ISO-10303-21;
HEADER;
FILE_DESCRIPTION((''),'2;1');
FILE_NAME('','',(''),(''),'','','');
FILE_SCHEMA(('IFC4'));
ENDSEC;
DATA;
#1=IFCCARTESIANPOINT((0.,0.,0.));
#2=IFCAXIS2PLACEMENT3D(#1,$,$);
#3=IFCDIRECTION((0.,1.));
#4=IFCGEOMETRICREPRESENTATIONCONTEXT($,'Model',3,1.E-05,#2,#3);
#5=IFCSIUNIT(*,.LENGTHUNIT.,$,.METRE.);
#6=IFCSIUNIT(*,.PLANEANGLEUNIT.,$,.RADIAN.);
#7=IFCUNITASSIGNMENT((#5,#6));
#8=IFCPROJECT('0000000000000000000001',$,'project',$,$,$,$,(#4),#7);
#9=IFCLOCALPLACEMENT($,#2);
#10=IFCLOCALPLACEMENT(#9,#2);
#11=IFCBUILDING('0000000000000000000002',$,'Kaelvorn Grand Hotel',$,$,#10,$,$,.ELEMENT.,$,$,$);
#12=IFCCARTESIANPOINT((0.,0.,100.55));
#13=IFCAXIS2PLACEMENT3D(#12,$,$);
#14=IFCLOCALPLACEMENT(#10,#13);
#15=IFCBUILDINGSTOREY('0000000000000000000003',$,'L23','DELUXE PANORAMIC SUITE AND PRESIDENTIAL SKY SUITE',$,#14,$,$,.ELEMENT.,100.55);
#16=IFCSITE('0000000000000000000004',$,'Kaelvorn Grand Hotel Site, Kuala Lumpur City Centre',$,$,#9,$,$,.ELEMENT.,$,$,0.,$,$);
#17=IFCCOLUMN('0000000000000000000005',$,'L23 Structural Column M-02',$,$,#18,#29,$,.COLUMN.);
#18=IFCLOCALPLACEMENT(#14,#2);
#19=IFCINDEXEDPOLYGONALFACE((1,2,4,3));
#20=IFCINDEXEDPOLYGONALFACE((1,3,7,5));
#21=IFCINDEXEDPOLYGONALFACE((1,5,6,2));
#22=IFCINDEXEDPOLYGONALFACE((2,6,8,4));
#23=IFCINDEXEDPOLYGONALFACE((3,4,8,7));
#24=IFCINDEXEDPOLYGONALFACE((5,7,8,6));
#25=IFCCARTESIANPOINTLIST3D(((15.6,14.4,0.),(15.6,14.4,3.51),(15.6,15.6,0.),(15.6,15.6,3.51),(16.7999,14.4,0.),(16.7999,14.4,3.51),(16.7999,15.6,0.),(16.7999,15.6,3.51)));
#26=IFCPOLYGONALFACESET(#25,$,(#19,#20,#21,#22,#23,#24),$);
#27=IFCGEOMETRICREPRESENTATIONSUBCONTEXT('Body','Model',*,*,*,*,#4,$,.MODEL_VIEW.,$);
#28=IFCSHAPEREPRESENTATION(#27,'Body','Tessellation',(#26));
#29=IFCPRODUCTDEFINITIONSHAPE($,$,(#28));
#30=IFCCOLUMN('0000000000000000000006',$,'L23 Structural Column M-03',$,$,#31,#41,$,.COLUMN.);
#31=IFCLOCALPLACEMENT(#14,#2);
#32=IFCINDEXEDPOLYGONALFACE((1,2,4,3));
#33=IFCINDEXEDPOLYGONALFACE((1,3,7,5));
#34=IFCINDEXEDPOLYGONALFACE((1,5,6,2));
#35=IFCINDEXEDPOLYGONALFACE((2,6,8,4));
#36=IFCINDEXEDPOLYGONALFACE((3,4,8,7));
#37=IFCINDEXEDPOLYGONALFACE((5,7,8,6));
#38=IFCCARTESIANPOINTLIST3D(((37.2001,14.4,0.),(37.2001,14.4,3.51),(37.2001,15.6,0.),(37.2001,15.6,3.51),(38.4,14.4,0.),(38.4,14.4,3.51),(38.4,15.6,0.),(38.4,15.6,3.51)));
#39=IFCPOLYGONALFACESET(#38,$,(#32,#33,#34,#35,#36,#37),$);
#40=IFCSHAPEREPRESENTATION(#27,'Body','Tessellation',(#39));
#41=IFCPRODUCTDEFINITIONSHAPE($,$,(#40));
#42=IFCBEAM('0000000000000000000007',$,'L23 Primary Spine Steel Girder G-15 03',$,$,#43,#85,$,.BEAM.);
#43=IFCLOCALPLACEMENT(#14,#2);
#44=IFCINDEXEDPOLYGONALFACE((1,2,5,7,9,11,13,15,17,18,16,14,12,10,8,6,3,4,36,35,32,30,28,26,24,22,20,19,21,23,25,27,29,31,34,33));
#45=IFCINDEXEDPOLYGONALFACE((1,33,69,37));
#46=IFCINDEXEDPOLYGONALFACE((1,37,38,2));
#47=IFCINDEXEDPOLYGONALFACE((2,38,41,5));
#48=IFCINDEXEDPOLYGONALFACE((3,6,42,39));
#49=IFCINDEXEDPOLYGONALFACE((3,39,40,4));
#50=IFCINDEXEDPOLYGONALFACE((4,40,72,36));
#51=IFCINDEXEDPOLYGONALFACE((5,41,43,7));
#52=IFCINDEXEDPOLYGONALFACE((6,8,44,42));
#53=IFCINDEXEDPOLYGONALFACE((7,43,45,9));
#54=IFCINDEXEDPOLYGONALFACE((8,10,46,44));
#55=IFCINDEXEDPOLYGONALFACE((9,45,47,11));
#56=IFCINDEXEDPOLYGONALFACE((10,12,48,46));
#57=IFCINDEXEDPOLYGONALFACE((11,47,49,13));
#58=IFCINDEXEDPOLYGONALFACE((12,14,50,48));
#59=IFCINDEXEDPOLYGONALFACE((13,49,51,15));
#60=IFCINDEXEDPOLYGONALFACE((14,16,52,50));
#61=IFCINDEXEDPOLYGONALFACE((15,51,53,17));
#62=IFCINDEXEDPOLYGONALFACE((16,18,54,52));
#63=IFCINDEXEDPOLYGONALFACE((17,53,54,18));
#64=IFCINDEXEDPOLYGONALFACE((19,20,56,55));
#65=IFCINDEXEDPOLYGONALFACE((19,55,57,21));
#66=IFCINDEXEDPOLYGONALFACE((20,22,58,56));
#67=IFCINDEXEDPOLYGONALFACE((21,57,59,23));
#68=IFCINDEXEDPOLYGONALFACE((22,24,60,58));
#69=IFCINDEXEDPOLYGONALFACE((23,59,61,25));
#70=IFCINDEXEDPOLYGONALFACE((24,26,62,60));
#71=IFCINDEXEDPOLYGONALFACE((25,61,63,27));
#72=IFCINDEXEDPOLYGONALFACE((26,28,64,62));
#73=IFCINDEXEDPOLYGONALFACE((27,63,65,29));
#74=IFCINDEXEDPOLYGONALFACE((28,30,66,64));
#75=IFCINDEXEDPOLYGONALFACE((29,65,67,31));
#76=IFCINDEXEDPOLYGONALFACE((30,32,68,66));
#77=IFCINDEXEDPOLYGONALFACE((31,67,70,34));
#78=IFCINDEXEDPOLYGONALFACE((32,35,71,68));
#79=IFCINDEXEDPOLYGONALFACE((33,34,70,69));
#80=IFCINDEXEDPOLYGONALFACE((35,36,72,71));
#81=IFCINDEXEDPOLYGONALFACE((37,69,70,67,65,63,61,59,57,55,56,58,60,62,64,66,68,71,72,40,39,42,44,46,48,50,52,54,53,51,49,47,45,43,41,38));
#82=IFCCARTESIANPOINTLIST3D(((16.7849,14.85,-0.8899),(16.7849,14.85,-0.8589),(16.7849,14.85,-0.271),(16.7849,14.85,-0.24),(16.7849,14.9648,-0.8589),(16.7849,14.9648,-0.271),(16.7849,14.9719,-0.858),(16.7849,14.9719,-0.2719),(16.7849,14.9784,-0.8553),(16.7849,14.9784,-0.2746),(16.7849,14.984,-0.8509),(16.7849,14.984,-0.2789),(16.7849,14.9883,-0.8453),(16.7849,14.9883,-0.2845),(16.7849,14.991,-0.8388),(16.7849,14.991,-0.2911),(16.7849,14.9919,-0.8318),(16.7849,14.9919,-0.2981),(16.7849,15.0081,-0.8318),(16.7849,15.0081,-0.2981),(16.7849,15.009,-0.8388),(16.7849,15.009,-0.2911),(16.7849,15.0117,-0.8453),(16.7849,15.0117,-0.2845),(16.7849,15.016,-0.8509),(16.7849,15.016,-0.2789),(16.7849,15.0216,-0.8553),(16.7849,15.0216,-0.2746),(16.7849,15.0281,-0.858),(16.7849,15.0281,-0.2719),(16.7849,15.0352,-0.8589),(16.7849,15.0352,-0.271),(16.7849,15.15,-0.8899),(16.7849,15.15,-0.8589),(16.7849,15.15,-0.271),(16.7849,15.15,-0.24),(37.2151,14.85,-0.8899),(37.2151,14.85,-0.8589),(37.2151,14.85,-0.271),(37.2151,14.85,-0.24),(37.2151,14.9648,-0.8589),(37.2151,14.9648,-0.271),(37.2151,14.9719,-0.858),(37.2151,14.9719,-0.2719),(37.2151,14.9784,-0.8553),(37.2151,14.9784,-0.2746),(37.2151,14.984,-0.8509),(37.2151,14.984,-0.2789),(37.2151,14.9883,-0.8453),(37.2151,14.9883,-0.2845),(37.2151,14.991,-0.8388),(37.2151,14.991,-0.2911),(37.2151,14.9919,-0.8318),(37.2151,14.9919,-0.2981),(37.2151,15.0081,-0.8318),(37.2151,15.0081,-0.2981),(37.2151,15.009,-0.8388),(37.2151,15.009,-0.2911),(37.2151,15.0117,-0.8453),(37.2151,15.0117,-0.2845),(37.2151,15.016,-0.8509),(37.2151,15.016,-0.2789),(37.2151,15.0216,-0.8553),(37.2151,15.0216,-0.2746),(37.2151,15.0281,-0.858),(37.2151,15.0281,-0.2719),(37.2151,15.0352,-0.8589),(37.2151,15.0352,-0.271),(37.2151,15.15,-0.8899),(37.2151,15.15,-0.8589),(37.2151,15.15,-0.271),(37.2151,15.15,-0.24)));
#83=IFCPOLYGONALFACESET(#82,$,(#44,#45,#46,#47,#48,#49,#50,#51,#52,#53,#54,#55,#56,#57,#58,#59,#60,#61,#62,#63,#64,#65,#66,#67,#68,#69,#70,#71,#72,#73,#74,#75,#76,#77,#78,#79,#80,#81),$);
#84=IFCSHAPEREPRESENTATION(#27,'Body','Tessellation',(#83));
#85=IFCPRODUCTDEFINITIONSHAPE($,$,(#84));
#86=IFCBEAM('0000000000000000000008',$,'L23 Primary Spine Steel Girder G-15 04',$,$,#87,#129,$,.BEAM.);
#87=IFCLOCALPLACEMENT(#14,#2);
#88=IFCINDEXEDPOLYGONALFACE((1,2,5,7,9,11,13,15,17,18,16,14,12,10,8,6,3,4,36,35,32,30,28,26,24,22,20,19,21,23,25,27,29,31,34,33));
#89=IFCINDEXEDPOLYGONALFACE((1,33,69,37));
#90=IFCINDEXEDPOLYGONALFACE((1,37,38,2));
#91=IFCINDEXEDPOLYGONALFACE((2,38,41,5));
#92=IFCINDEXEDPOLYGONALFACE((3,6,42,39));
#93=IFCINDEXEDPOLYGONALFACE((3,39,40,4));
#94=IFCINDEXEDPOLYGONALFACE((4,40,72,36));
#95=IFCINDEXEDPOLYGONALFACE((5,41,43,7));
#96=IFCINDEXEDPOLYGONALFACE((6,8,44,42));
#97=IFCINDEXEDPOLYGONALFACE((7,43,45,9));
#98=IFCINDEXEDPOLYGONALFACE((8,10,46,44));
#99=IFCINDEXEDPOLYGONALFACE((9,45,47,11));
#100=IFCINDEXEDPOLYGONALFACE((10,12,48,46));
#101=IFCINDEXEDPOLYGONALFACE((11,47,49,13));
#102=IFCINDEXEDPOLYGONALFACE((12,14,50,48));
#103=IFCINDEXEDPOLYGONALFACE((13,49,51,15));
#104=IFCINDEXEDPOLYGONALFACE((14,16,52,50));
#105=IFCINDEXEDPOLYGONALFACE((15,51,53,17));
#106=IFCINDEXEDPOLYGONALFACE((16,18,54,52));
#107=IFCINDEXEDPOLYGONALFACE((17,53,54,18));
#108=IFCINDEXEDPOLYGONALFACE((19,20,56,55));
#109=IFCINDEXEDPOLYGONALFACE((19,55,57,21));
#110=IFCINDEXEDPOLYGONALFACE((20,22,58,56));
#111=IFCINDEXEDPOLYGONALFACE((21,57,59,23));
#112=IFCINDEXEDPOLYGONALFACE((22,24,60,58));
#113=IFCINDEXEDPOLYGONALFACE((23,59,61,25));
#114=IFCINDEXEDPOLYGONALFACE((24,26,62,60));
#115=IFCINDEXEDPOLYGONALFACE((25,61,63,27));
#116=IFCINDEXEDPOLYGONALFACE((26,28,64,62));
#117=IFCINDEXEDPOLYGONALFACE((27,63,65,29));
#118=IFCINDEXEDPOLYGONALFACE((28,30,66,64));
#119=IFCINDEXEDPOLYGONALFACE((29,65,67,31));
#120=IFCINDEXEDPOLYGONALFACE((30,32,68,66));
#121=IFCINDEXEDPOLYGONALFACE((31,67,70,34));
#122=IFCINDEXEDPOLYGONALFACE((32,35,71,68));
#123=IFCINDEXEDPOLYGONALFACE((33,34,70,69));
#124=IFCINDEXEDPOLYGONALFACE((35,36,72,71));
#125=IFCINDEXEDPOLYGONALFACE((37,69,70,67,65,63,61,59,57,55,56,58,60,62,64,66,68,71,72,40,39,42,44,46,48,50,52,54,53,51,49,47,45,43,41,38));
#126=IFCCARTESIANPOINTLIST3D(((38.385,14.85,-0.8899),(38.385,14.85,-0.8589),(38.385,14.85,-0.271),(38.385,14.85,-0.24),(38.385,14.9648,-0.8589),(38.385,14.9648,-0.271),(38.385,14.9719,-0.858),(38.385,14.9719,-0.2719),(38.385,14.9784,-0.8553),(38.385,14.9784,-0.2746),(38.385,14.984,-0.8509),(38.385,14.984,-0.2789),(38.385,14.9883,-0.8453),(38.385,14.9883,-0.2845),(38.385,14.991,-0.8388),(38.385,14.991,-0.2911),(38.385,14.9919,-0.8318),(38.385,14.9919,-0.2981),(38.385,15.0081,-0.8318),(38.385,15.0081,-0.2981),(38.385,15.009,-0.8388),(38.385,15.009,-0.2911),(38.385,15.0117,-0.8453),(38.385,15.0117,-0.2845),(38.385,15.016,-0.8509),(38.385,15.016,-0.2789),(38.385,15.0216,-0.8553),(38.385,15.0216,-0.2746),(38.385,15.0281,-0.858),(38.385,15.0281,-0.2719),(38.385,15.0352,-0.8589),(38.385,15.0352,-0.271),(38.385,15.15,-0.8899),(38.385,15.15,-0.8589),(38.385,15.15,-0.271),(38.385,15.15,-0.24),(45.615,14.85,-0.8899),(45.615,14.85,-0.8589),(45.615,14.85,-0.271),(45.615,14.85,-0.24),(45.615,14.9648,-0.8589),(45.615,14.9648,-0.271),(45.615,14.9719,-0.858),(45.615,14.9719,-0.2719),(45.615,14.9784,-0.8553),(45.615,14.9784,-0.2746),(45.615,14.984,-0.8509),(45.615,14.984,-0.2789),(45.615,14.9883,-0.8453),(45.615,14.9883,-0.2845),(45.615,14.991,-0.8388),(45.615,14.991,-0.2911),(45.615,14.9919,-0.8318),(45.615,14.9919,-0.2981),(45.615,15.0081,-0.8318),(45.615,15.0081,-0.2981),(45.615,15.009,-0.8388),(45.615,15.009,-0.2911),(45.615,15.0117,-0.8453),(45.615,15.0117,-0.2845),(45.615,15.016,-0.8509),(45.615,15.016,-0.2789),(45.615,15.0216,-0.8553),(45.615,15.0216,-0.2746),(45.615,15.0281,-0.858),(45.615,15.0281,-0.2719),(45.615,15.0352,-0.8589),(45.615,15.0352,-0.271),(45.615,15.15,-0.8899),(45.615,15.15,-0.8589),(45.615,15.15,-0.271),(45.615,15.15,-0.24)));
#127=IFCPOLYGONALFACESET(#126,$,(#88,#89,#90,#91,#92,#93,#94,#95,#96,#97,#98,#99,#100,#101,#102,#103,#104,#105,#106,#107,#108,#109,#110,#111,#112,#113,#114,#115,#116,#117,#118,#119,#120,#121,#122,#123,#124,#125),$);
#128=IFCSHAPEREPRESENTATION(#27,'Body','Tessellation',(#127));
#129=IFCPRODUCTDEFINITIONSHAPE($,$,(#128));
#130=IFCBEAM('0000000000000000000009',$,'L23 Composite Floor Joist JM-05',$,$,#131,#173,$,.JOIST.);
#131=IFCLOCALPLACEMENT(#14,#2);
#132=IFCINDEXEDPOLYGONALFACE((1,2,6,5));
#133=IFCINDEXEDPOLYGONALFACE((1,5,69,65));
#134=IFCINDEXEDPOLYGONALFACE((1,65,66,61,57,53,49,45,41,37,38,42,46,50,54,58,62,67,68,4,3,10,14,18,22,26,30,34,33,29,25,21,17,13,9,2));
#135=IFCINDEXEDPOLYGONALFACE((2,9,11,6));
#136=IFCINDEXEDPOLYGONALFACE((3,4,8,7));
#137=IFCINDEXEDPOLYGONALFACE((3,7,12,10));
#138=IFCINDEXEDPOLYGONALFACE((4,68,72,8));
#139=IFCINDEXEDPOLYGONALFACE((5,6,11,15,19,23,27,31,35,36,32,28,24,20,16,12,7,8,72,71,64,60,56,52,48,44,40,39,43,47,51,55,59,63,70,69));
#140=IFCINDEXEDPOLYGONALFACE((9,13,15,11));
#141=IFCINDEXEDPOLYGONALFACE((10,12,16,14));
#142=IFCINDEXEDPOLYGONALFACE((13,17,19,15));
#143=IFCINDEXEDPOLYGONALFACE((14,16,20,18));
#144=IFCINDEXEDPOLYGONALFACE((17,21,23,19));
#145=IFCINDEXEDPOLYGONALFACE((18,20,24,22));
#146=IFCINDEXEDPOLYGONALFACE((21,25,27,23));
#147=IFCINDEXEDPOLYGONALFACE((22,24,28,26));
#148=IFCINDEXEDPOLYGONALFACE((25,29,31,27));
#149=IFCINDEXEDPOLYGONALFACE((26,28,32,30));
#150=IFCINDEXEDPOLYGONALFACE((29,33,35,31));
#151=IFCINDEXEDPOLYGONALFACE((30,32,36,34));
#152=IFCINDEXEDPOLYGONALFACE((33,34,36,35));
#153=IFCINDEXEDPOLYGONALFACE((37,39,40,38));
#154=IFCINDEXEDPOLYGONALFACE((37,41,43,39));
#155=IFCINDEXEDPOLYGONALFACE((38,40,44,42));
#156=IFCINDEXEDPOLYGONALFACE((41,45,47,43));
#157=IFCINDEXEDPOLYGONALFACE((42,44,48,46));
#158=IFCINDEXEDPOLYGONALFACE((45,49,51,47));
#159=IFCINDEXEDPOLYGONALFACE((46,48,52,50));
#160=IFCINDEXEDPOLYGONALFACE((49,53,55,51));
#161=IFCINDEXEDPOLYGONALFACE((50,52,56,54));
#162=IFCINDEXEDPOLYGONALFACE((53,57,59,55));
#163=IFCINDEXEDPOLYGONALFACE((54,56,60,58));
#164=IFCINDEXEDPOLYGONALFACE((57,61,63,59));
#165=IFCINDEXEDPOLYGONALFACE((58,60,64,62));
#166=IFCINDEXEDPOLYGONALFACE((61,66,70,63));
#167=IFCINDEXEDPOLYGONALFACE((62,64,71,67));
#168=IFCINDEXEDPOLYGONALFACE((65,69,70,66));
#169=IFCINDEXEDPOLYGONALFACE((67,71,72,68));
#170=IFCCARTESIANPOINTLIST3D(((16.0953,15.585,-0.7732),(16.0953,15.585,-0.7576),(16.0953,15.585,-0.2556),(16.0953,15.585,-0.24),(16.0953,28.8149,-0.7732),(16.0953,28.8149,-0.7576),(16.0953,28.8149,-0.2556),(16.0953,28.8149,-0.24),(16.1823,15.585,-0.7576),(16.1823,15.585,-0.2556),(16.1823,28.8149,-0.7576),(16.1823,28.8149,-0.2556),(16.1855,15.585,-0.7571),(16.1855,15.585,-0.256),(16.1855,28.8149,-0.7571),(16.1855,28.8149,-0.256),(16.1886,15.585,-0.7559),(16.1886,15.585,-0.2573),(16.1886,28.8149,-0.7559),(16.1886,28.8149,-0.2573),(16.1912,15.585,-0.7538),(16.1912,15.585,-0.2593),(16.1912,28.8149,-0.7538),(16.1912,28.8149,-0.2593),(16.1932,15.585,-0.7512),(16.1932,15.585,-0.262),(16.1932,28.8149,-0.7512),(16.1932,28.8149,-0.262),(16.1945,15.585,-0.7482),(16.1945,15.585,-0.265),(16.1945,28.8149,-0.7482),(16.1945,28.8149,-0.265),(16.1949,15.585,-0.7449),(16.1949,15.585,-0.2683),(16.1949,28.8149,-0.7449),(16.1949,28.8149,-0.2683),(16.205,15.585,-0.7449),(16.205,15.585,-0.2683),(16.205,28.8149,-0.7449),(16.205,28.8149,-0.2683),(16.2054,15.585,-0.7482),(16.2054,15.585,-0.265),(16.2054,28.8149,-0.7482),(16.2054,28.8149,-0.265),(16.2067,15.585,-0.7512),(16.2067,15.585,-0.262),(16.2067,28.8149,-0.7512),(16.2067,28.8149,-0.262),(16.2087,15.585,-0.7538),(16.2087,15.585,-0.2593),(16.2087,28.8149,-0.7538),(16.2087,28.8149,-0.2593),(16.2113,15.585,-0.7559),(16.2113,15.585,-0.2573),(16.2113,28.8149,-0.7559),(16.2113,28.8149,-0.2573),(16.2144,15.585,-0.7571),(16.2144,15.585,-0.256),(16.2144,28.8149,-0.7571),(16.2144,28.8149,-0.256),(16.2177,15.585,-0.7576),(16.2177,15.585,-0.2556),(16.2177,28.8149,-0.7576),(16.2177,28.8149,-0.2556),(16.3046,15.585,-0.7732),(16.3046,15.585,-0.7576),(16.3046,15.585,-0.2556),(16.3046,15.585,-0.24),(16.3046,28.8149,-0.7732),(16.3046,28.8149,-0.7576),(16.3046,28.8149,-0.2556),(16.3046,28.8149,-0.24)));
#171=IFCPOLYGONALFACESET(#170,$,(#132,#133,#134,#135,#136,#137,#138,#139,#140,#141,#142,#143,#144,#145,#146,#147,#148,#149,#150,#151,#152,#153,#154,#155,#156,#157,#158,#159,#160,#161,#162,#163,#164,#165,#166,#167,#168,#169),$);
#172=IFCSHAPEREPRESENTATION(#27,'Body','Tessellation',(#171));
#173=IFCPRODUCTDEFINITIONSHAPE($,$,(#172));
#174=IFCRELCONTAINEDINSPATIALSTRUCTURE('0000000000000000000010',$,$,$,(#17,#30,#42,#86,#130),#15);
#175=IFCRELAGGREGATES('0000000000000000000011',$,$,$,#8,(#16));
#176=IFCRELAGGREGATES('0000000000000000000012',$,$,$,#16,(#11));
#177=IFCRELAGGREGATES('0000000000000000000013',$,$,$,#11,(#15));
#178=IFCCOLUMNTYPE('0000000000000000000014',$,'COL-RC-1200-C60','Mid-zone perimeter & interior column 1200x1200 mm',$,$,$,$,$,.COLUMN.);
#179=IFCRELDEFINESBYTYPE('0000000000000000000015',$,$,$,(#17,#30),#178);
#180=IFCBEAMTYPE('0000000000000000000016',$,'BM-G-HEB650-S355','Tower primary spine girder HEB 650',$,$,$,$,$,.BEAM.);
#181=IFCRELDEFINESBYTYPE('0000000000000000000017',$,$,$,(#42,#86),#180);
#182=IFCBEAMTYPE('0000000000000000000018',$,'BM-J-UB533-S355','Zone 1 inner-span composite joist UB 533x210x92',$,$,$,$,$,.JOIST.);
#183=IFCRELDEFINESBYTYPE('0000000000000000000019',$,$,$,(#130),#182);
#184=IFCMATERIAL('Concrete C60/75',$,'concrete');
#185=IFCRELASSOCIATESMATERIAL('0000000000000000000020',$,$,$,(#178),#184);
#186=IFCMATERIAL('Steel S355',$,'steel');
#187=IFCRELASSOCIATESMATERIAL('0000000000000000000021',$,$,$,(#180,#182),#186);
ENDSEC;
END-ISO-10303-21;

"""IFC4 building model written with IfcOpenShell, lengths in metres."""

from ifc_helpers import new_model, si_unit, direction, frame, origin, origin_2d, place, context, subcontext, project, spatial, rectangle, i_section, extrude, material, material_profile, profile_set, type_object, element, save


model = new_model("IFC4")

# Units and contexts
model_context = context("Model", 3, precision=1e-05, world=origin(), true_north=direction((0.0, 1.0)))
body_context = subcontext(model_context, "Body", "Model", "MODEL_VIEW")
ifc_project = project(units=[si_unit("LENGTHUNIT", "METRE"), si_unit("PLANEANGLEUNIT", "RADIAN")], contexts=[model_context])

# Site, building, storey
site_placement = place(None, origin())
site = spatial("IfcSite", under=ifc_project, at=site_placement, Name="Kaelvorn Grand Hotel Site, Kuala Lumpur City Centre", CompositionType="ELEMENT", RefElevation=0.0)
building_placement = place(site_placement, origin())
building = spatial("IfcBuilding", under=site, at=building_placement, Name="Kaelvorn Grand Hotel", CompositionType="ELEMENT")
storey_placement = place(building_placement, frame((0.0, 0.0, 100.55)))
storey = spatial("IfcBuildingStorey", under=building, at=storey_placement, Name="L23", Description="DELUXE PANORAMIC SUITE AND PRESIDENTIAL SKY SUITE", CompositionType="ELEMENT", Elevation=100.55)

# Columns
ifc_material_1 = material(Name="Concrete C60/75", Category="concrete")
ifc_material_profile_1 = material_profile(ifc_material_1, rectangle(XDim=1.2, YDim=1.2, at=origin_2d()), Name="RC COL 1200x1200")
ifc_profile_set_1 = profile_set([ifc_material_profile_1], Name="Concrete C60/75")
column_type = type_object("IfcColumnType", Name="COL-RC-1200-C60", Description="Mid-zone perimeter & interior column 1200x1200 mm", PredefinedType="COLUMN", material=ifc_profile_set_1)
for number, where, z_axis, x_axis, name in (
    (1, (16.2, 15.0, 0.0), (0.0, 0.0, 1.0), (1.0, 0.0, 0.0), "L23 Structural Column M-02"),
    (2, (37.8, 15.0, 0.0), (0.0, 0.0, 1.0), (1.0, 0.0, 0.0), "L23 Structural Column M-03"),
):
    element("IfcColumn", number, at=place(storey_placement, frame(where, z_axis=z_axis, x_axis=x_axis)), inside=storey, type_object=column_type, Name=name, PredefinedType="COLUMN", context=body_context, shape_type="SweptSolid", body=[
        extrude(rectangle(XDim=1.2, YDim=1.2, at=origin_2d()), origin(), (0.0, 0.0, 1.0), 3.51),
    ])

# Beams
ifc_material_2 = material(Name="Steel S355", Category="steel")
ifc_material_profile_2 = material_profile(ifc_material_2, i_section(OverallWidth=0.3, OverallDepth=0.6499, WebThickness=0.0161, FlangeThickness=0.031, FilletRadius=0.0271, at=origin_2d()), Name="HEB 650")
ifc_profile_set_2 = profile_set([ifc_material_profile_2], Name="Steel S355")
beam_type_1 = type_object("IfcBeamType", Name="BM-G-HEB650-S355", Description="Tower primary spine girder HEB 650", PredefinedType="BEAM", material=ifc_profile_set_2)
beam_1_placement = place(storey_placement, frame((16.7849, 15.0, -0.5649), z_axis=(1.0, 0.0, 0.0), x_axis=(0.0, 1.0, 0.0)))
element("IfcBeam", 3, at=beam_1_placement, inside=storey, type_object=beam_type_1, Name="L23 Primary Spine Steel Girder G-15 03", PredefinedType="BEAM", context=body_context, shape_type="SweptSolid", body=[
    extrude(i_section(OverallWidth=0.3, OverallDepth=0.6499, WebThickness=0.0161, FlangeThickness=0.031, FilletRadius=0.0271, at=origin_2d()), origin(), (0.0, 0.0, 1.0), 20.4302),
])
beam_2_placement = place(storey_placement, frame((38.385, 15.0, -0.5649), z_axis=(1.0, 0.0, 0.0), x_axis=(0.0, 1.0, 0.0)))
element("IfcBeam", 4, at=beam_2_placement, inside=storey, type_object=beam_type_1, Name="L23 Primary Spine Steel Girder G-15 04", PredefinedType="BEAM", context=body_context, shape_type="SweptSolid", body=[
    extrude(i_section(OverallWidth=0.3, OverallDepth=0.6499, WebThickness=0.0161, FlangeThickness=0.031, FilletRadius=0.0271, at=origin_2d()), origin(), (0.0, 0.0, 1.0), 7.23),
])
ifc_material_profile_3 = material_profile(ifc_material_2, i_section(OverallWidth=0.2092, OverallDepth=0.5332, WebThickness=0.01, FlangeThickness=0.0156, FilletRadius=0.0127, at=origin_2d()), Name="UB 533x210x92")
ifc_profile_set_3 = profile_set([ifc_material_profile_3], Name="Steel S355")
beam_type_2 = type_object("IfcBeamType", Name="BM-J-UB533-S355", Description="Zone 1 inner-span composite joist UB 533x210x92", PredefinedType="JOIST", material=ifc_profile_set_3)
beam_3_placement = place(storey_placement, frame((16.2, 15.585, -0.5066), z_axis=(0.0, 1.0, 0.0), x_axis=(-1.0, 0.0, 0.0)))
element("IfcBeam", 5, at=beam_3_placement, inside=storey, type_object=beam_type_2, Name="L23 Composite Floor Joist JM-05", PredefinedType="JOIST", context=body_context, shape_type="SweptSolid", body=[
    extrude(i_section(OverallWidth=0.2092, OverallDepth=0.5332, WebThickness=0.01, FlangeThickness=0.0156, FilletRadius=0.0127, at=origin_2d()), origin(), (0.0, 0.0, 1.0), 13.23),
])

save(model, "model.ifc")
